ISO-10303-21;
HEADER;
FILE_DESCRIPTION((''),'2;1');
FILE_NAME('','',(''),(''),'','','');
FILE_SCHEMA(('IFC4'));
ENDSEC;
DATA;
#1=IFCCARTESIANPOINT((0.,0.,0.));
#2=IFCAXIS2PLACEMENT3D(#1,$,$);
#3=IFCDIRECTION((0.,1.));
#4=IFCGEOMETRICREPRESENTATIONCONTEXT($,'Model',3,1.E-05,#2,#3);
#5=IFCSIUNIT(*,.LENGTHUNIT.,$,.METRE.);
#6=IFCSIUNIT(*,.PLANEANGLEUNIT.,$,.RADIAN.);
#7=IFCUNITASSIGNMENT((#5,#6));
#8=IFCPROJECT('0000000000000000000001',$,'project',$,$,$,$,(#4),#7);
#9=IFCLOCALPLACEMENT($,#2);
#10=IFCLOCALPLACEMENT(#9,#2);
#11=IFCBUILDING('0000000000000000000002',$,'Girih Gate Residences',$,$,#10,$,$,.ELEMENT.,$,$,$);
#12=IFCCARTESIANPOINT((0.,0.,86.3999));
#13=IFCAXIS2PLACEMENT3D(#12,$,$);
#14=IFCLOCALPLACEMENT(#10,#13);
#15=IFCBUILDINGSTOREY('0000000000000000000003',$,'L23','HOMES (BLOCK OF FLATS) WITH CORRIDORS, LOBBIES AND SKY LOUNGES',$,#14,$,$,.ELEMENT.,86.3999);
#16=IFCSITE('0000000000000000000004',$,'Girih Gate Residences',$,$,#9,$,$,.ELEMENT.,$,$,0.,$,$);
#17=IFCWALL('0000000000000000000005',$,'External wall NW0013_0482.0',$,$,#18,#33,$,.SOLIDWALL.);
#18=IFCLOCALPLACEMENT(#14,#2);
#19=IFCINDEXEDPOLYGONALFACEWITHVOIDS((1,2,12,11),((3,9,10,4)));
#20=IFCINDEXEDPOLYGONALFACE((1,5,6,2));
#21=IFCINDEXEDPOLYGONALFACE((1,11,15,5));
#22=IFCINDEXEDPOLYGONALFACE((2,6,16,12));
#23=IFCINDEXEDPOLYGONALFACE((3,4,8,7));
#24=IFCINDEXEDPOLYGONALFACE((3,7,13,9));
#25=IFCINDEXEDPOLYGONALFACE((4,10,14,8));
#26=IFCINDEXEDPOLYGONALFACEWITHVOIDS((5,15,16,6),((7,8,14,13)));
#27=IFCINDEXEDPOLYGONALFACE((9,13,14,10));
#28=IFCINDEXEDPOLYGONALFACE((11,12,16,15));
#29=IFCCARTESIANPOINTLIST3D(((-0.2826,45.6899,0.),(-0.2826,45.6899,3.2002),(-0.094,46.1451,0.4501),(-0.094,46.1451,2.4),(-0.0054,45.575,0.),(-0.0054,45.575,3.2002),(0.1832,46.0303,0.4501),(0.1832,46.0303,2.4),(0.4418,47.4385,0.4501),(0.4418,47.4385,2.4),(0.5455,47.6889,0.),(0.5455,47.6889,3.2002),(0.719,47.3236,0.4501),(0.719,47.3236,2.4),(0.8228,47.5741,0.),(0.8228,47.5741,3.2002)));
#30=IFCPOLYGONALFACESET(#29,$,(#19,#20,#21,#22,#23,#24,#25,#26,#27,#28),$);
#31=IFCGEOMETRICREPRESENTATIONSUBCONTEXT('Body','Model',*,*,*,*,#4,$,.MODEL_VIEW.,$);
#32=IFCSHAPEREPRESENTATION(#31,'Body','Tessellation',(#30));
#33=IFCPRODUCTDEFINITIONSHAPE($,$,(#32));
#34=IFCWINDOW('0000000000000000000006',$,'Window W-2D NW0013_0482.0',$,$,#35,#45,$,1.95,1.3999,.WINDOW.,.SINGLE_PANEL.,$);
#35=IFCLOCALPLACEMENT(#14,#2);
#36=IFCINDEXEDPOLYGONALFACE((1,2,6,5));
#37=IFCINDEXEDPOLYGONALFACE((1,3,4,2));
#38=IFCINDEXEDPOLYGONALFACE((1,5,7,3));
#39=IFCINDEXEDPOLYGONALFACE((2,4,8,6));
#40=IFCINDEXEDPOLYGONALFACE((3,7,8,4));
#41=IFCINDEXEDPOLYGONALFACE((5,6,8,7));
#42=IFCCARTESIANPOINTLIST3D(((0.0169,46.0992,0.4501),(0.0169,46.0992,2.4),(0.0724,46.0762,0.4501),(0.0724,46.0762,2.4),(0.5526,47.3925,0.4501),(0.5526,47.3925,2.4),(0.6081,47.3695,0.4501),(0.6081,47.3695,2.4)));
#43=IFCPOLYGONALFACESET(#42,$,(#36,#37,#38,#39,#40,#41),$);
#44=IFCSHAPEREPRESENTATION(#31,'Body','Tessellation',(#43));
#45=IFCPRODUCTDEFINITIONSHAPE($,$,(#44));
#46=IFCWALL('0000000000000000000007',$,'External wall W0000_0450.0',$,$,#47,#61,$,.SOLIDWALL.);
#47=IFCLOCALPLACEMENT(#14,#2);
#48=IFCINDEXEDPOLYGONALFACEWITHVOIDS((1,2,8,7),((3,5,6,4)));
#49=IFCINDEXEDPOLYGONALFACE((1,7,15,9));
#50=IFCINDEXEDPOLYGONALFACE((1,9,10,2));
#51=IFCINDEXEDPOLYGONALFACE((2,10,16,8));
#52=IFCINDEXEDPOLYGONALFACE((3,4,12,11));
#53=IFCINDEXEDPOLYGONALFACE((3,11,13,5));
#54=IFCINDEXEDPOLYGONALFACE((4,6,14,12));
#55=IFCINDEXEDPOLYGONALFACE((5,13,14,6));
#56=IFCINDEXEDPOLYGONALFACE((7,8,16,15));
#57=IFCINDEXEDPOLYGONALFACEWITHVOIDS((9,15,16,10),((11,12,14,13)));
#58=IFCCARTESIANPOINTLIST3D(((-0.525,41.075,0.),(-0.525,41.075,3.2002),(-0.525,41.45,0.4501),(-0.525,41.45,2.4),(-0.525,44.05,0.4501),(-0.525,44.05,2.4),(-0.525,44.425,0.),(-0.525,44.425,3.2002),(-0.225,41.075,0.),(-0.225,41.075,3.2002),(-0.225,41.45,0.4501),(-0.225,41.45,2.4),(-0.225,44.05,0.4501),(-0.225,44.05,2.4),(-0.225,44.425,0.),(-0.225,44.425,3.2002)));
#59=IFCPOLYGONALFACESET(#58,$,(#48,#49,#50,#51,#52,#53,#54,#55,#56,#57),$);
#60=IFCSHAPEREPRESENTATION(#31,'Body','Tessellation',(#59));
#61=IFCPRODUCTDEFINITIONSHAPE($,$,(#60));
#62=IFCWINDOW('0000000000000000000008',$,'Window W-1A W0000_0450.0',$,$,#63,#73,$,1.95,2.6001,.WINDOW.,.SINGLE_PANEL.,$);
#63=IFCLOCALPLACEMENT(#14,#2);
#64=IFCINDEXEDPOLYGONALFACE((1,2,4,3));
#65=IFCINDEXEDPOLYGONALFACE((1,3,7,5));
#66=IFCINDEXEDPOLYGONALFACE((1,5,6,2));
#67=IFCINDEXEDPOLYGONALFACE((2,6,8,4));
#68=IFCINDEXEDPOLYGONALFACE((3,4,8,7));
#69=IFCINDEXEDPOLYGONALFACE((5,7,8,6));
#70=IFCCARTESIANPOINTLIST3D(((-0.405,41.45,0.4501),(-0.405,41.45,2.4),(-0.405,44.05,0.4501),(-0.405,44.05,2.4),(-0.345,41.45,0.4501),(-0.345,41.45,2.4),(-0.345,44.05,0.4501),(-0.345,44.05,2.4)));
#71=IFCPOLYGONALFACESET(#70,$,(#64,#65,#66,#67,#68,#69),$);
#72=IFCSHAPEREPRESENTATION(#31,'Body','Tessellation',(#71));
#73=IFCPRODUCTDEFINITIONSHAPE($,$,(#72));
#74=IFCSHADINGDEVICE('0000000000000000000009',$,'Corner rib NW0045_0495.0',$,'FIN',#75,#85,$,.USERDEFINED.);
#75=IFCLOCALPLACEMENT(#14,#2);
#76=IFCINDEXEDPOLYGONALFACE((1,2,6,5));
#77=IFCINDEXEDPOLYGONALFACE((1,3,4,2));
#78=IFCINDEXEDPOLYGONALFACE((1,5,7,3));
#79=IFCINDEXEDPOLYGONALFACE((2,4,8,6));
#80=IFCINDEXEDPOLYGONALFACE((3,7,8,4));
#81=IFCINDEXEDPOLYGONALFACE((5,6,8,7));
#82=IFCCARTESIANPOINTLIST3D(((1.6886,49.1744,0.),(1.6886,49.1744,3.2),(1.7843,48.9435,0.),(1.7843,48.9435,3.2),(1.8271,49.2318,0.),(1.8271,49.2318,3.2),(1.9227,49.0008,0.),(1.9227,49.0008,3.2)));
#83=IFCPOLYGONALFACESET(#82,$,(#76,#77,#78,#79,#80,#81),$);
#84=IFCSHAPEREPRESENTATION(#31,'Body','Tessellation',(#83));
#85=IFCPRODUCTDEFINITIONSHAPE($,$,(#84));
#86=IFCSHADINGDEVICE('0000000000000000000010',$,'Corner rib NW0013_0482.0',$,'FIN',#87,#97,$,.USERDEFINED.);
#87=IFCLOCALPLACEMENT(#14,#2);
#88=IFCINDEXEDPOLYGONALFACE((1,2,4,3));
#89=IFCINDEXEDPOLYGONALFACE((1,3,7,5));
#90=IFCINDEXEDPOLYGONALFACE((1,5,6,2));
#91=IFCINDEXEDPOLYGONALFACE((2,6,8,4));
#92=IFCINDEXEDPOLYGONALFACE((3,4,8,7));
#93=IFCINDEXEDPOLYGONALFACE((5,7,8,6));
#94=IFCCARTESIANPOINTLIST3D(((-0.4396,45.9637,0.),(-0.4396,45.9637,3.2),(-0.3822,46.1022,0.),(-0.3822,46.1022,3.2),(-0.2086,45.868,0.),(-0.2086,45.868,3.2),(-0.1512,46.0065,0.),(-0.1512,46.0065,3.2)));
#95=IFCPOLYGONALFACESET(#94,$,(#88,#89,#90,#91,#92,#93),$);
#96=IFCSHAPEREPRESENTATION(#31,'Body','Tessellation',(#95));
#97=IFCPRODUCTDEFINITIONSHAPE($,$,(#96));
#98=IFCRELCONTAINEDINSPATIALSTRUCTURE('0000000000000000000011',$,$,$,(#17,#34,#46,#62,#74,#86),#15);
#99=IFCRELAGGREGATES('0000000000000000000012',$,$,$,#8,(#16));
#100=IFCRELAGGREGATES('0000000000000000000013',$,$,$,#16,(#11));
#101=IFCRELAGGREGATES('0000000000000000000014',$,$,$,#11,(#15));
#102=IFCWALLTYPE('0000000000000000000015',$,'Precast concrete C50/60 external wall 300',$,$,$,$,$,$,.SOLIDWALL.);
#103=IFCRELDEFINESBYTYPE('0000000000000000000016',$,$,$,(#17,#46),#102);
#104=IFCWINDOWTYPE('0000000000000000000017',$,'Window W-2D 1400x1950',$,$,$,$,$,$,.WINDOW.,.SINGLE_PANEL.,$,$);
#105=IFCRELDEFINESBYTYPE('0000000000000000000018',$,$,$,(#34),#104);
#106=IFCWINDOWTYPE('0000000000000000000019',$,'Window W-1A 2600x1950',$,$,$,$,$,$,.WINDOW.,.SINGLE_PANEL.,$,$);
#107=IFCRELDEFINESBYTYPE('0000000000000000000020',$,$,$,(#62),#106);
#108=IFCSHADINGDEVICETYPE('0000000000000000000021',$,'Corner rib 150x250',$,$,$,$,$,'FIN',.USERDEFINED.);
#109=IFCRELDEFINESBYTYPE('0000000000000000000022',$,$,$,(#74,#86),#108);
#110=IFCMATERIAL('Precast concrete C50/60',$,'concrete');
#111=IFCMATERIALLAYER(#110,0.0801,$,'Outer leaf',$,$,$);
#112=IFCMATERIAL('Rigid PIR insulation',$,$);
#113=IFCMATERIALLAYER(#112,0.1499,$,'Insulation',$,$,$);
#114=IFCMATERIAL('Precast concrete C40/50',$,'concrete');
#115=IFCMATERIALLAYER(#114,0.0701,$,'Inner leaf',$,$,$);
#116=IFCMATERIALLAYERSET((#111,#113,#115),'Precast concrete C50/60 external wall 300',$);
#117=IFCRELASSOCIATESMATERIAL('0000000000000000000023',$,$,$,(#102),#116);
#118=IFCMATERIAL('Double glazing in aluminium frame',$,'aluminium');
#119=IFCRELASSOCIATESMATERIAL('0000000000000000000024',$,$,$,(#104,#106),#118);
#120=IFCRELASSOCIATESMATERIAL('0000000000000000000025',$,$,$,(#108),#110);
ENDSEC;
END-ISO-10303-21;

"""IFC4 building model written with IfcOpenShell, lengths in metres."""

from ifc_helpers import new_model, si_unit, direction, frame, frame_2d, origin, origin_2d, place, context, subcontext, project, spatial, rectangle, extrude, material, layer, layer_set, type_object, element, fill, save


model = new_model("IFC4")

# Units and contexts
model_context = context("Model", 3, precision=1e-05, world=origin(), true_north=direction((0.0, 1.0)))
body_context = subcontext(model_context, "Body", "Model", "MODEL_VIEW")
ifc_project = project(units=[si_unit("LENGTHUNIT", "METRE"), si_unit("PLANEANGLEUNIT", "RADIAN")], contexts=[model_context])

# Site, building, storey
site_placement = place(None, origin())
site = spatial("IfcSite", under=ifc_project, at=site_placement, Name="Girih Gate Residences", CompositionType="ELEMENT", RefElevation=0.0)
building_placement = place(site_placement, origin())
building = spatial("IfcBuilding", under=site, at=building_placement, Name="Girih Gate Residences", CompositionType="ELEMENT")
storey_placement = place(building_placement, frame((0.0, 0.0, 86.3999)))
storey = spatial("IfcBuildingStorey", under=building, at=storey_placement, Name="L23", Description="HOMES (BLOCK OF FLATS) WITH CORRIDORS, LOBBIES AND SKY LOUNGES", CompositionType="ELEMENT", Elevation=86.3999)

# Walls, openings, windows
ifc_material_1 = material(Name="Precast concrete C50/60", Category="concrete")
ifc_layer_1 = layer(ifc_material_1, 0.0801, Name="Outer leaf")
ifc_material_2 = material(Name="Rigid PIR insulation")
ifc_layer_2 = layer(ifc_material_2, 0.1499, Name="Insulation")
ifc_material_3 = material(Name="Precast concrete C40/50", Category="concrete")
ifc_layer_3 = layer(ifc_material_3, 0.0701, Name="Inner leaf")
ifc_layer_set_1 = layer_set([ifc_layer_1, ifc_layer_2, ifc_layer_3], Name="Precast concrete C50/60 external wall 300")
wall_type_1 = type_object("IfcWallType", Name="Precast concrete C50/60 external wall 300", PredefinedType="SOLIDWALL", material=ifc_layer_set_1)
ifc_material_4 = material(Name="Double glazing in aluminium frame", Category="aluminium")
window_type_1 = type_object("IfcWindowType", Name="Window W-2D 1400x1950", PartitioningType="SINGLE_PANEL", PredefinedType="WINDOW", material=ifc_material_4)
wall_1_placement = place(storey_placement, frame((-0.144, 45.6323, 0.0), z_axis=(0.0, 0.0, 1.0), x_axis=(0.382724, 0.923863, 0.0)))
wall_1 = element("IfcWall", 1, at=wall_1_placement, inside=storey, type_object=wall_type_1, Name="External wall NW0013_0482.0", PredefinedType="SOLIDWALL", context=body_context, shape_type="SweptSolid", body=[
    extrude(rectangle(XDim=2.1638, YDim=0.3, at=frame_2d((1.082, 0.0))), origin(), (0.0, 0.0, 1.0), 3.2002),
])
opening_1_placement = place(wall_1_placement, frame((0.4929, 0.0, 0.45)))
opening_1 = element("IfcOpeningElement", 2, at=opening_1_placement, cuts=wall_1, PredefinedType="OPENING", context=body_context, shape_type="SweptSolid", body=[
    extrude(rectangle(XDim=1.3999, YDim=1.95, at=frame_2d((0.7, 0.9751))), frame((0.0, 0.1599, 0.0), z_axis=(0.0, -1.0, 0.0), x_axis=(1.0, 0.0, 0.0)), (0.0, 0.0, 1.0), 0.3201),
])
window_1_placement = place(opening_1_placement, origin())
window_1 = element("IfcWindow", 3, at=window_1_placement, inside=storey, type_object=window_type_1, Name="Window W-2D NW0013_0482.0", OverallHeight=1.95, OverallWidth=1.3999, PartitioningType="SINGLE_PANEL", PredefinedType="WINDOW", context=body_context, shape_type="SweptSolid", body=[
    extrude(rectangle(XDim=1.3999, YDim=1.95, at=frame_2d((0.7, 0.9751))), frame((0.0, 0.03, 0.0), z_axis=(0.0, -1.0, 0.0), x_axis=(1.0, 0.0, 0.0)), (0.0, 0.0, 1.0), 0.0601),
])
fill(opening_1, window_1)
wall_2_placement = place(storey_placement, frame((-0.375, 41.075, 0.0), z_axis=(0.0, 0.0, 1.0), x_axis=(0.0, 1.0, 0.0)))
wall_2 = element("IfcWall", 4, at=wall_2_placement, inside=storey, type_object=wall_type_1, Name="External wall W0000_0450.0", PredefinedType="SOLIDWALL", context=body_context, shape_type="SweptSolid", body=[
    extrude(rectangle(XDim=3.3501, YDim=0.3, at=frame_2d((1.675, 0.0))), origin(), (0.0, 0.0, 1.0), 3.2002),
])
opening_2_placement = place(wall_2_placement, frame((0.375, 0.0, 0.45)))
opening_2 = element("IfcOpeningElement", 5, at=opening_2_placement, cuts=wall_2, PredefinedType="OPENING", context=body_context, shape_type="SweptSolid", body=[
    extrude(rectangle(XDim=2.6001, YDim=1.95, at=frame_2d((1.3, 0.9751))), frame((0.0, 0.1599, 0.0), z_axis=(0.0, -1.0, 0.0), x_axis=(1.0, 0.0, 0.0)), (0.0, 0.0, 1.0), 0.3201),
])
window_type_2 = type_object("IfcWindowType", Name="Window W-1A 2600x1950", PartitioningType="SINGLE_PANEL", PredefinedType="WINDOW", material=ifc_material_4)
window_2_placement = place(opening_2_placement, origin())
window_2 = element("IfcWindow", 6, at=window_2_placement, inside=storey, type_object=window_type_2, Name="Window W-1A W0000_0450.0", OverallHeight=1.95, OverallWidth=2.6001, PartitioningType="SINGLE_PANEL", PredefinedType="WINDOW", context=body_context, shape_type="SweptSolid", body=[
    extrude(rectangle(XDim=2.6001, YDim=1.95, at=frame_2d((1.3, 0.9751))), frame((0.0, 0.03, 0.0), z_axis=(0.0, -1.0, 0.0), x_axis=(1.0, 0.0, 0.0)), (0.0, 0.0, 1.0), 0.0601),
])
fill(opening_2, window_2)

# Shading devices
shading_device_type = type_object("IfcShadingDeviceType", Name="Corner rib 150x250", ElementType="FIN", PredefinedType="USERDEFINED", material=ifc_material_1)
for number, where, z_axis, x_axis, name in (
    (7, (1.8057, 49.0876, 0.0), (0.0, 0.0, 1.0), (-0.92388, -0.382683, 0.0), "Corner rib NW0045_0495.0"),
    (8, (-0.2954, 45.9851, 0.0), (0.0, 0.0, 1.0), (-0.382683, -0.92388, 0.0), "Corner rib NW0013_0482.0"),
):
    element("IfcShadingDevice", number, at=place(storey_placement, frame(where, z_axis=z_axis, x_axis=x_axis)), inside=storey, type_object=shading_device_type, Name=name, ObjectType="FIN", PredefinedType="USERDEFINED", context=body_context, shape_type="SweptSolid", body=[
        extrude(rectangle(XDim=0.1499, YDim=0.25, at=origin_2d()), origin(), (0.0, 0.0, 1.0), 3.2),
    ])

save(model, "model.ifc")
